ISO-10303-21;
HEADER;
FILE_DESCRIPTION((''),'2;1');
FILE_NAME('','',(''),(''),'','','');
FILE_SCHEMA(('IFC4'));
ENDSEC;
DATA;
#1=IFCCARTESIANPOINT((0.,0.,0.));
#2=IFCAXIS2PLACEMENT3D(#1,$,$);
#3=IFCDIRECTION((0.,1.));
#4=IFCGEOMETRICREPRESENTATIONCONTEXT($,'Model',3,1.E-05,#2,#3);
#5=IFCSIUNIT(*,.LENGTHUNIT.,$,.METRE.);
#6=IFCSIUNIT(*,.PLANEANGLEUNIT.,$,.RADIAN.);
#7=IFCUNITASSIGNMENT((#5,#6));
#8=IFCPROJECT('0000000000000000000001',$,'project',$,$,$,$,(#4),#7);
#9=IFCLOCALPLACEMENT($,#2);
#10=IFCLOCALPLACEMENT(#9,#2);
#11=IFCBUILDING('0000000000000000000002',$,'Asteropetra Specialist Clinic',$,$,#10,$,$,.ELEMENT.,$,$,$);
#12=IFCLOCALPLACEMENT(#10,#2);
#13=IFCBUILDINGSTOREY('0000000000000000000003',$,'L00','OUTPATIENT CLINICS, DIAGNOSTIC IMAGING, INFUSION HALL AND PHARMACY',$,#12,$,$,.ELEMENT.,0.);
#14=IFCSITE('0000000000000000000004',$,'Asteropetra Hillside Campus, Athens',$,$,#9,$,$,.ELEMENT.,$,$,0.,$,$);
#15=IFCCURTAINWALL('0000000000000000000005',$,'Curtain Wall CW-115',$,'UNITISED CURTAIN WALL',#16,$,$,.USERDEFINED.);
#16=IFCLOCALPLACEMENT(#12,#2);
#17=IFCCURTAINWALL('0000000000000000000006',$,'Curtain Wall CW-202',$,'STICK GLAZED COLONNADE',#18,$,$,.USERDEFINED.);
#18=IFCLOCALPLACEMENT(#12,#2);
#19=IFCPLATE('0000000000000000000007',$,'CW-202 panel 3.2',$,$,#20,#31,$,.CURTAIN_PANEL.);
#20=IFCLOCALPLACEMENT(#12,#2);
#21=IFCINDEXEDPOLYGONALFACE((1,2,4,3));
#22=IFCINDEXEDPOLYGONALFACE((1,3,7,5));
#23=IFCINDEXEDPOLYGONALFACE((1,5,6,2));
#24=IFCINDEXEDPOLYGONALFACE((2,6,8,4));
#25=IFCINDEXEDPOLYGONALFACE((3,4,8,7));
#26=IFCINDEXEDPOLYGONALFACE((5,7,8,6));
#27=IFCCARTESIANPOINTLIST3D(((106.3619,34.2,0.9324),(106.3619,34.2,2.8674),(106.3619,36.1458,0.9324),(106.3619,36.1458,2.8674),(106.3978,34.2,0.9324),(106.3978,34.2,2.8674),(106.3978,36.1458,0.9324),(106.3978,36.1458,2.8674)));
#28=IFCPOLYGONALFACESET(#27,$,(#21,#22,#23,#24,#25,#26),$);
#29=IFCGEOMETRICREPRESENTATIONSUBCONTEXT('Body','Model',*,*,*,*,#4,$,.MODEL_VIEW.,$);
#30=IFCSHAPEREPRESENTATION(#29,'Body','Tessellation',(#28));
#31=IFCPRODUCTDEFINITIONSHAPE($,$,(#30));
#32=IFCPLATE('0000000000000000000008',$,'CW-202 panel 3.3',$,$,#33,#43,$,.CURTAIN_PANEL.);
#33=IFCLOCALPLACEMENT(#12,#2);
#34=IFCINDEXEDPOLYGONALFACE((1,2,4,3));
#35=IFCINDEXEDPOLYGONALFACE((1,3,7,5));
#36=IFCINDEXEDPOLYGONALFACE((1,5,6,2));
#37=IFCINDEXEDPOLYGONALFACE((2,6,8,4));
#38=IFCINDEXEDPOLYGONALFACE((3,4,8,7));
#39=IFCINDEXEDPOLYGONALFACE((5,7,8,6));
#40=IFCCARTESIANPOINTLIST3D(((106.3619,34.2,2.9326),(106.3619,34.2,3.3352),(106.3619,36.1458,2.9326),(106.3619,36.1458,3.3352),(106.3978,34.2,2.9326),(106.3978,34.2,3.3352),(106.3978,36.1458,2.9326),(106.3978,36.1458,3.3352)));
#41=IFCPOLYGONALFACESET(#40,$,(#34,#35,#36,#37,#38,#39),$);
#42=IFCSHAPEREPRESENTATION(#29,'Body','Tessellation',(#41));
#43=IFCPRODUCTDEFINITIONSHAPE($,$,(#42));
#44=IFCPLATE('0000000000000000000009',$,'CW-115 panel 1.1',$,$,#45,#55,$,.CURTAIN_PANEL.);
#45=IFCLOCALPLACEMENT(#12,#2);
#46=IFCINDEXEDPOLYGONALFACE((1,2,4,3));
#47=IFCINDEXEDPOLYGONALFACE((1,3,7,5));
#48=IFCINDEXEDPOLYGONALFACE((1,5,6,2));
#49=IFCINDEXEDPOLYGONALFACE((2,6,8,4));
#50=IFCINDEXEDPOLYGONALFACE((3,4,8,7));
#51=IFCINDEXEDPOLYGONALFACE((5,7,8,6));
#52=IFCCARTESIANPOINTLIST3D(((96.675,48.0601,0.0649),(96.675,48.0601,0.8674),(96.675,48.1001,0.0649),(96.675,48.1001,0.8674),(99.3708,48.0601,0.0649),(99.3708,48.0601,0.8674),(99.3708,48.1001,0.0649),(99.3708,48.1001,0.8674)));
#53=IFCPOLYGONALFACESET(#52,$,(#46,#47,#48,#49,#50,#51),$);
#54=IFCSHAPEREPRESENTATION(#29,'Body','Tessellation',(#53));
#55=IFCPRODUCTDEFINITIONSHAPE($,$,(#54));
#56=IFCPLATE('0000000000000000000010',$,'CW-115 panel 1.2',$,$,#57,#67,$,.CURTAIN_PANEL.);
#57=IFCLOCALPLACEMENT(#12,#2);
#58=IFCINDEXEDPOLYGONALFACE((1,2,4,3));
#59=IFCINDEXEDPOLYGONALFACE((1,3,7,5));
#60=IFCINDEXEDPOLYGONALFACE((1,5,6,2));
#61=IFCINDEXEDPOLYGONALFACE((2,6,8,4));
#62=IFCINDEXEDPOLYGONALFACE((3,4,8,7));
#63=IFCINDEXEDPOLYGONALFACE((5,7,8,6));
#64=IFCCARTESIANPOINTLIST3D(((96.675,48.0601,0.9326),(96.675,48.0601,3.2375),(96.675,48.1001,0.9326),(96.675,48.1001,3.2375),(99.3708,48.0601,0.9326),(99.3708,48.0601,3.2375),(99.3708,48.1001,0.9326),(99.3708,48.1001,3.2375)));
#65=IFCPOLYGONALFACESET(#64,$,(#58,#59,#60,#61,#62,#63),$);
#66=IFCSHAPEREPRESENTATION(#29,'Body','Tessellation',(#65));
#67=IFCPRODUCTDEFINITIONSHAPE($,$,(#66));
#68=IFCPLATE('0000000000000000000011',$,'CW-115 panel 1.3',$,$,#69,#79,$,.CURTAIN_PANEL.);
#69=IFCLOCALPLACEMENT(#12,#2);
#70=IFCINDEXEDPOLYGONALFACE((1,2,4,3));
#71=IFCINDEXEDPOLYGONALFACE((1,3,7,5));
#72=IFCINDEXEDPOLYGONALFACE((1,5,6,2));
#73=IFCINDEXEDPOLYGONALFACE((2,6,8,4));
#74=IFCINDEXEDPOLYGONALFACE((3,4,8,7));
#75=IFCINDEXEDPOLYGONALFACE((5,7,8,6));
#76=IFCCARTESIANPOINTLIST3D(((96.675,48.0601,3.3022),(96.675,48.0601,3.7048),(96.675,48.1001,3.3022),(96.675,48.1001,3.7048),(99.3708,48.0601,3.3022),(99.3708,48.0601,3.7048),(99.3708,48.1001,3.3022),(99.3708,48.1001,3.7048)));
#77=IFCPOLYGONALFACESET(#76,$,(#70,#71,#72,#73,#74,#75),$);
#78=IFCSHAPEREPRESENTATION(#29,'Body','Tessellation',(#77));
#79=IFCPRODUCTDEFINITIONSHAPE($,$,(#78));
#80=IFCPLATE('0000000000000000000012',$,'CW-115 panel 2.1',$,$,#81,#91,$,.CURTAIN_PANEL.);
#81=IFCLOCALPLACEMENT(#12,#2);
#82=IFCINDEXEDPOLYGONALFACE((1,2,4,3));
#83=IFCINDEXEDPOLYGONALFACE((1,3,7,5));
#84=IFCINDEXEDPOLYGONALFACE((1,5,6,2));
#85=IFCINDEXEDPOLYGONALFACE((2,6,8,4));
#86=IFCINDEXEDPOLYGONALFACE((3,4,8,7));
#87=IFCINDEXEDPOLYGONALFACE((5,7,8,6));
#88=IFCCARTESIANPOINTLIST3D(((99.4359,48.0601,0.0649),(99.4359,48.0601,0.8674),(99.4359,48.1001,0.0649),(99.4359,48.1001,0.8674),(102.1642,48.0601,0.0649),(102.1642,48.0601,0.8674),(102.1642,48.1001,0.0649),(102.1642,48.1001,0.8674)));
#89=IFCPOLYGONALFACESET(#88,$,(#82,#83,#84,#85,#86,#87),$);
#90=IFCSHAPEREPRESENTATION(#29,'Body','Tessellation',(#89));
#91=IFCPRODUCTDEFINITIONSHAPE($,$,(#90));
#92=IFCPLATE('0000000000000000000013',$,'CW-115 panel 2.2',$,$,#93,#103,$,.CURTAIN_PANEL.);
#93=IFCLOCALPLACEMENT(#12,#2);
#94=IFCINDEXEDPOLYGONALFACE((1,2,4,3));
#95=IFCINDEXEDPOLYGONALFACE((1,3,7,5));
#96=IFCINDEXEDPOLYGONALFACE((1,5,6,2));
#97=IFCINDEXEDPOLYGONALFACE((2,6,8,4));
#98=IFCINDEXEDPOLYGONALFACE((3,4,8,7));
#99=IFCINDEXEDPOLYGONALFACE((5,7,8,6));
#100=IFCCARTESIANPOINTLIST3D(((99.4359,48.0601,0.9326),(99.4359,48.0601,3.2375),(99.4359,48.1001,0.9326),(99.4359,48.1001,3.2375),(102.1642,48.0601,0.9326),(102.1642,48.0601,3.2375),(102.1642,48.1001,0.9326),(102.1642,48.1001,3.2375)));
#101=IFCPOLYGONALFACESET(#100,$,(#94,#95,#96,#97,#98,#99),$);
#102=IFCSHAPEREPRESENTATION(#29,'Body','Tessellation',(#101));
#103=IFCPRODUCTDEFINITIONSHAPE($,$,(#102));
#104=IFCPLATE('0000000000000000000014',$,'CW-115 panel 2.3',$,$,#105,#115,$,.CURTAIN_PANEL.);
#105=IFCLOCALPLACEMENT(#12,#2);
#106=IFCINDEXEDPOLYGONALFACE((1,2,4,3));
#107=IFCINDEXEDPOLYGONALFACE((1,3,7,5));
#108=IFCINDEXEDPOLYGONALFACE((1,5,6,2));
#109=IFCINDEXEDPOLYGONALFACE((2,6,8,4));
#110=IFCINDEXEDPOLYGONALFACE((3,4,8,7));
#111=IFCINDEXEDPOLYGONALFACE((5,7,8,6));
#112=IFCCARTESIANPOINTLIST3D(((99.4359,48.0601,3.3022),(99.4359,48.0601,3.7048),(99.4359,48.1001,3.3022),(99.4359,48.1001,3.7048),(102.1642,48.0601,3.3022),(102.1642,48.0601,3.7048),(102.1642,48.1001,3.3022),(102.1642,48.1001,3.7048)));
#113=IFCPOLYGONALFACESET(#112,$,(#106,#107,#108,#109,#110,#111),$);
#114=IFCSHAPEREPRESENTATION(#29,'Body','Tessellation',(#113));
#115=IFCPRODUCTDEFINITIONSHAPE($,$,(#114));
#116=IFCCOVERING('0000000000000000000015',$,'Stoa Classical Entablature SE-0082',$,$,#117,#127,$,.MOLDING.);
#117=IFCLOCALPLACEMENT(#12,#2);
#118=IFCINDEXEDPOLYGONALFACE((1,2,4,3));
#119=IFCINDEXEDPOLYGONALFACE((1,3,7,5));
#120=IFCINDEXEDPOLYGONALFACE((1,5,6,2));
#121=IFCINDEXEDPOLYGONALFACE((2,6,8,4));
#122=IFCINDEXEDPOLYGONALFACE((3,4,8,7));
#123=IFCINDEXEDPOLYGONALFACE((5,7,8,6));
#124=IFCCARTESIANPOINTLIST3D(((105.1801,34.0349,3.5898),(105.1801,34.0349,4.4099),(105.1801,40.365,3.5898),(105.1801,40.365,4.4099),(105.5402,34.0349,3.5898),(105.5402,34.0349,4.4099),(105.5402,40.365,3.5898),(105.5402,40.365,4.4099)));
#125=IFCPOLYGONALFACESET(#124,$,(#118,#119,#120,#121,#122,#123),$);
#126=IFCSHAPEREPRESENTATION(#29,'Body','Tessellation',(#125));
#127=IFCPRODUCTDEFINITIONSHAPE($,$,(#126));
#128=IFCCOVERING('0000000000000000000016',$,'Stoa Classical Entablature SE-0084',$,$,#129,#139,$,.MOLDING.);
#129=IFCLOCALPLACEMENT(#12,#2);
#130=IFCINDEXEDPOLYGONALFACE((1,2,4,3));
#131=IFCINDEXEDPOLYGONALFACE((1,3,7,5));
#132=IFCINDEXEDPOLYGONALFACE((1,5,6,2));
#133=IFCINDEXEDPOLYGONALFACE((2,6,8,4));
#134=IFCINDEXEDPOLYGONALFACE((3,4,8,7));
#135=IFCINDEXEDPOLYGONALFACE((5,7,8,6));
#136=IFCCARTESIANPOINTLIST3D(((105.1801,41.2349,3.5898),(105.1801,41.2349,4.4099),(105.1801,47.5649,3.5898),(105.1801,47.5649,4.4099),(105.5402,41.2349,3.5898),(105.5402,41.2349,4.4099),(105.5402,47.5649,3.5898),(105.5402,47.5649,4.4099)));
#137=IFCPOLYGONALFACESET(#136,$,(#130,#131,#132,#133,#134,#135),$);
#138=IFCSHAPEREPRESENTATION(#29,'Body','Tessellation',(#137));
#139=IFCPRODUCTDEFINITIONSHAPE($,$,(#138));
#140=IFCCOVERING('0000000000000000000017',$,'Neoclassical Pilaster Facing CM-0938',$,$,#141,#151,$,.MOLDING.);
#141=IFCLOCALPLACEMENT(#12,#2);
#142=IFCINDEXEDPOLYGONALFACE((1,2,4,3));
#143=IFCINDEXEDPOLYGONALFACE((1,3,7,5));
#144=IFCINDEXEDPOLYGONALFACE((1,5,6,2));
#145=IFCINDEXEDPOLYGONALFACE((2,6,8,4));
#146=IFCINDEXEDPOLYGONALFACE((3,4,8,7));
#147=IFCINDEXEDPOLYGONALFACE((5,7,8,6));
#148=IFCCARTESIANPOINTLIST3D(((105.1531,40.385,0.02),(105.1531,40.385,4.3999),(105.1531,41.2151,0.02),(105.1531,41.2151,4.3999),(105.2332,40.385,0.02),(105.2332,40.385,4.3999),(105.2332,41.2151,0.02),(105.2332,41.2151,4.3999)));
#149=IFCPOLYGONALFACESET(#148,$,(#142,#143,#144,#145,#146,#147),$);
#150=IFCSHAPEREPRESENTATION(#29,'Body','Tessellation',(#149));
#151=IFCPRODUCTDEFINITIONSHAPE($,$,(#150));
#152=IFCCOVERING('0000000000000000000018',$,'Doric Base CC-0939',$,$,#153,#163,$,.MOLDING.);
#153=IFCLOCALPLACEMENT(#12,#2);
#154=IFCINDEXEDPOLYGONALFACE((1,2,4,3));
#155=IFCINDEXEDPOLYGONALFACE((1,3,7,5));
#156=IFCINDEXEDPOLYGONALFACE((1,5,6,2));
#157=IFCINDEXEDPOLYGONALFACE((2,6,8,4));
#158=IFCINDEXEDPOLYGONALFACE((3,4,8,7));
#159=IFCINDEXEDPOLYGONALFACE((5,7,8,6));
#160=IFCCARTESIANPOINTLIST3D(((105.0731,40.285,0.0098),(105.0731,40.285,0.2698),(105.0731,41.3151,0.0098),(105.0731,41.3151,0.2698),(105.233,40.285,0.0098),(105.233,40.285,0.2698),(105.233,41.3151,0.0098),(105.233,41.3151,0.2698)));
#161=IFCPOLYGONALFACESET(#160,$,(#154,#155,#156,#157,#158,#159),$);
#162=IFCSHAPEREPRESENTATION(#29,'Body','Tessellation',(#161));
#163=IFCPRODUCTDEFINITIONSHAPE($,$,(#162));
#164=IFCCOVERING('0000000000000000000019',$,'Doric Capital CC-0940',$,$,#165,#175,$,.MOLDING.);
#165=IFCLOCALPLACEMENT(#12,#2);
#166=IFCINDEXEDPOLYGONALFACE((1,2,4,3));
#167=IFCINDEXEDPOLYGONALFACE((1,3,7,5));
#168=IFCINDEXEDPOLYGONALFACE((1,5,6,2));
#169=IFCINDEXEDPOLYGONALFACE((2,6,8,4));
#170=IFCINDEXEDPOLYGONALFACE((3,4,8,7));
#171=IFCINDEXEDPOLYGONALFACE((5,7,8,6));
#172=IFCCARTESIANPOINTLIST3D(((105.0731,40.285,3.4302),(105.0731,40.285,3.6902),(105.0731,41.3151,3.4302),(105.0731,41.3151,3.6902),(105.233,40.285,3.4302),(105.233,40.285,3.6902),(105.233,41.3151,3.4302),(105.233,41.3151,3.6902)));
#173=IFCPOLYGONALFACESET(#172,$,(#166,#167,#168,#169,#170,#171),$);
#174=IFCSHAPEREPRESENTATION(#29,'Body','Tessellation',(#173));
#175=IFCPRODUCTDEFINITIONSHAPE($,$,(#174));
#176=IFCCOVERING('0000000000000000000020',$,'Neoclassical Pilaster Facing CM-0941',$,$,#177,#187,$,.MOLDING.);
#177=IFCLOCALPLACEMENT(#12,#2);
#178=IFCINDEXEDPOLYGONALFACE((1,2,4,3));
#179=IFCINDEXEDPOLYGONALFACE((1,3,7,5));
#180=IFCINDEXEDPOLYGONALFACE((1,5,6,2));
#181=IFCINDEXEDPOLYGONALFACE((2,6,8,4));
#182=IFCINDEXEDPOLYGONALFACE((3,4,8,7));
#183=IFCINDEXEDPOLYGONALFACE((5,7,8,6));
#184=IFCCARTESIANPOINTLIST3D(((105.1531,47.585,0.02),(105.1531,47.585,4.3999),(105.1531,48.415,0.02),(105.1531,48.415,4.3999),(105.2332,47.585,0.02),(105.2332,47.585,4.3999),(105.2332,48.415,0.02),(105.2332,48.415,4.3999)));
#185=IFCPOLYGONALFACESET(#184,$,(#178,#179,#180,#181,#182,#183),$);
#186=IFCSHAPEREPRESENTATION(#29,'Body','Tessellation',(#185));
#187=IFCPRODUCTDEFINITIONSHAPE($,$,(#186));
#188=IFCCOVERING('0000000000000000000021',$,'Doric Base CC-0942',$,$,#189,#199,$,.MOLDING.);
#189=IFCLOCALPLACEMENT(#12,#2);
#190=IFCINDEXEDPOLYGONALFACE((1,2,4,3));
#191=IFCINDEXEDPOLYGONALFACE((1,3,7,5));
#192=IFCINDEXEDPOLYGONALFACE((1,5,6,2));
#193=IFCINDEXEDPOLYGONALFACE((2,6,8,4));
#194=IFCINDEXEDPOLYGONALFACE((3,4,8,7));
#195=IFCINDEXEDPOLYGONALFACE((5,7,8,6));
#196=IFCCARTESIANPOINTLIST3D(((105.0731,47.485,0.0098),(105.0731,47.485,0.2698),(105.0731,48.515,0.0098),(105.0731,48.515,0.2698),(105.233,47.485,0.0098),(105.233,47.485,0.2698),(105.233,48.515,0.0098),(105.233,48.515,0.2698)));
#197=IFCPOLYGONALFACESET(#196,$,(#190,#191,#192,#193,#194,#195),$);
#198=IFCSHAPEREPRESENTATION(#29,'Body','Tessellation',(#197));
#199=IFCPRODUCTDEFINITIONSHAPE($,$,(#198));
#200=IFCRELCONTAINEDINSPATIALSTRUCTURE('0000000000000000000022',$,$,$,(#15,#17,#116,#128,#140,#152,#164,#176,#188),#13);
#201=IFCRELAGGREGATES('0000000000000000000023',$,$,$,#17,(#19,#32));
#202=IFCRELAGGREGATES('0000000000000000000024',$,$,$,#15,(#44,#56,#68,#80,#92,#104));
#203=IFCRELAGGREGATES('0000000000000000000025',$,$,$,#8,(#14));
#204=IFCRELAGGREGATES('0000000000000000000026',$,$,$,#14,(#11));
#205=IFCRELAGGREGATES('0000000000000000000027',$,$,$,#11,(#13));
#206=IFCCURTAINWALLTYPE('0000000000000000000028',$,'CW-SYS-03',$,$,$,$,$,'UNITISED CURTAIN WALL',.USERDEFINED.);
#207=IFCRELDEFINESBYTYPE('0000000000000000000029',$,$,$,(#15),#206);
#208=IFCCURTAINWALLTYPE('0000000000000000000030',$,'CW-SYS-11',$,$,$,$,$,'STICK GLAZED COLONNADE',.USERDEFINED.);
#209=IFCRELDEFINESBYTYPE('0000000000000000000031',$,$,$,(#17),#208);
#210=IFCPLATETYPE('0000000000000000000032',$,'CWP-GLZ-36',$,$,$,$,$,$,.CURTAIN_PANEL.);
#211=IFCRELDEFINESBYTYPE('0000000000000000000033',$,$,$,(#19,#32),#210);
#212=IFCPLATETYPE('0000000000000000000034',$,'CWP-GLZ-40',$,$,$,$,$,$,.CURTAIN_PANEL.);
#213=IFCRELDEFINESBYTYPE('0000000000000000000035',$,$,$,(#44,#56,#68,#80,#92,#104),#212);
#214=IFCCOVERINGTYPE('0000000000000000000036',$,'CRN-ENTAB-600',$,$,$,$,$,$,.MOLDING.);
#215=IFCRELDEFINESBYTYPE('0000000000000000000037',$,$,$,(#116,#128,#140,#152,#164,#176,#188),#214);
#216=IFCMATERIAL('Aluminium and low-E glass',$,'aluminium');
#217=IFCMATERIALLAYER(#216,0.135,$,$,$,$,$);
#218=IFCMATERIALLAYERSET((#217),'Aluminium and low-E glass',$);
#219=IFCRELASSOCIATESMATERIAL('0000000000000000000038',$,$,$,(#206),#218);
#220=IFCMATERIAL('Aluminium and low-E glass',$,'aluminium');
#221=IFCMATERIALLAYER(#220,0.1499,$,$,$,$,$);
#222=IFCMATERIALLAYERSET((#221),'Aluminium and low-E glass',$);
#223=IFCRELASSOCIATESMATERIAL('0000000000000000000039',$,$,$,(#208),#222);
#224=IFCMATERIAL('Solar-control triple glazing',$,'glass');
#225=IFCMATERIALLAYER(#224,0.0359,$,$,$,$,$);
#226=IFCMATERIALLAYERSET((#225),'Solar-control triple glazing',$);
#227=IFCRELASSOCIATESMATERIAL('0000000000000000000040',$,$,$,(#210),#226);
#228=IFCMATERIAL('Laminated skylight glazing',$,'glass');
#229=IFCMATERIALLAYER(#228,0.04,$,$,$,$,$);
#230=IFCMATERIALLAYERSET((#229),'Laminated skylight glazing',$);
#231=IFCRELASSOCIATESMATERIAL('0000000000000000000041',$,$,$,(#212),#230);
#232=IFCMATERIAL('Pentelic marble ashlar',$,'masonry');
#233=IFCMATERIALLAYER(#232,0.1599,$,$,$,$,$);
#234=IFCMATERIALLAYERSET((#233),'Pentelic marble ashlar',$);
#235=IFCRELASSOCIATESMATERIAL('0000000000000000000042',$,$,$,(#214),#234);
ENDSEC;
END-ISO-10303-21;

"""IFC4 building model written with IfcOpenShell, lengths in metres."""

from ifc_helpers import new_model, si_unit, direction, frame, origin, origin_2d, place, context, subcontext, project, spatial, rectangle, extrude, material, layer, layer_set, type_object, element, aggregate, save


model = new_model("IFC4")

# Units and contexts
model_context = context("Model", 3, precision=1e-05, world=origin(), true_north=direction((0.0, 1.0)))
body_context = subcontext(model_context, "Body", "Model", "MODEL_VIEW")
ifc_project = project(units=[si_unit("LENGTHUNIT", "METRE"), si_unit("PLANEANGLEUNIT", "RADIAN")], contexts=[model_context])

# Site, building, storey
site_placement = place(None, origin())
site = spatial("IfcSite", under=ifc_project, at=site_placement, Name="Asteropetra Hillside Campus, Athens", CompositionType="ELEMENT", RefElevation=0.0)
building_placement = place(site_placement, origin())
building = spatial("IfcBuilding", under=site, at=building_placement, Name="Asteropetra Specialist Clinic", CompositionType="ELEMENT")
storey_placement = place(building_placement, origin())
storey = spatial("IfcBuildingStorey", under=building, at=storey_placement, Name="L00", Description="OUTPATIENT CLINICS, DIAGNOSTIC IMAGING, INFUSION HALL AND PHARMACY", CompositionType="ELEMENT", Elevation=0.0)

# Curtain walls
ifc_material_1 = material(Name="Aluminium and low-E glass", Category="aluminium")
ifc_layer_1 = layer(ifc_material_1, 0.135)
ifc_layer_set_1 = layer_set([ifc_layer_1], Name="Aluminium and low-E glass")
curtain_wall_type_1 = type_object("IfcCurtainWallType", Name="CW-SYS-03", ElementType="UNITISED CURTAIN WALL", PredefinedType="USERDEFINED", material=ifc_layer_set_1)
curtain_wall_1_placement = place(storey_placement, origin())
curtain_wall_1 = element("IfcCurtainWall", 1, at=curtain_wall_1_placement, inside=storey, type_object=curtain_wall_type_1, Name="Curtain Wall CW-115", ObjectType="UNITISED CURTAIN WALL", PredefinedType="USERDEFINED")
ifc_material_2 = material(Name="Aluminium and low-E glass", Category="aluminium")
ifc_layer_2 = layer(ifc_material_2, 0.1499)
ifc_layer_set_2 = layer_set([ifc_layer_2], Name="Aluminium and low-E glass")
curtain_wall_type_2 = type_object("IfcCurtainWallType", Name="CW-SYS-11", ElementType="STICK GLAZED COLONNADE", PredefinedType="USERDEFINED", material=ifc_layer_set_2)
curtain_wall_2_placement = place(storey_placement, origin())
curtain_wall_2 = element("IfcCurtainWall", 2, at=curtain_wall_2_placement, inside=storey, type_object=curtain_wall_type_2, Name="Curtain Wall CW-202", ObjectType="STICK GLAZED COLONNADE", PredefinedType="USERDEFINED")

# Plates
ifc_material_3 = material(Name="Solar-control triple glazing", Category="glass")
ifc_layer_3 = layer(ifc_material_3, 0.0359)
ifc_layer_set_3 = layer_set([ifc_layer_3], Name="Solar-control triple glazing")
plate_type_1 = type_object("IfcPlateType", Name="CWP-GLZ-36", PredefinedType="CURTAIN_PANEL", material=ifc_layer_set_3)
plate_1_placement = place(storey_placement, frame((106.3799, 35.1729, 0.9324), z_axis=(0.0, 0.0, 1.0), x_axis=(0.0, -1.0, 0.0)))
plate_1 = element("IfcPlate", 3, at=plate_1_placement, type_object=plate_type_1, Name="CW-202 panel 3.2", PredefinedType="CURTAIN_PANEL", context=body_context, shape_type="SweptSolid", body=[
    extrude(rectangle(XDim=1.9458, YDim=0.0359, at=origin_2d()), origin(), (0.0, 0.0, 1.0), 1.9351),
])
plate_2_placement = place(storey_placement, frame((106.3799, 35.1729, 2.9326), z_axis=(0.0, 0.0, 1.0), x_axis=(0.0, -1.0, 0.0)))
plate_2 = element("IfcPlate", 4, at=plate_2_placement, type_object=plate_type_1, Name="CW-202 panel 3.3", PredefinedType="CURTAIN_PANEL", context=body_context, shape_type="SweptSolid", body=[
    extrude(rectangle(XDim=1.9458, YDim=0.0359, at=origin_2d()), origin(), (0.0, 0.0, 1.0), 0.4026),
])
aggregate(curtain_wall_2, [plate_1, plate_2])
ifc_material_4 = material(Name="Laminated skylight glazing", Category="glass")
ifc_layer_4 = layer(ifc_material_4, 0.04)
ifc_layer_set_4 = layer_set([ifc_layer_4], Name="Laminated skylight glazing")
plate_type_2 = type_object("IfcPlateType", Name="CWP-GLZ-40", PredefinedType="CURTAIN_PANEL", material=ifc_layer_set_4)
plate_3_placement = place(storey_placement, frame((98.0229, 48.0801, 0.0649), z_axis=(0.0, 0.0, 1.0), x_axis=(1.0, 0.0, 0.0)))
plate_3 = element("IfcPlate", 5, at=plate_3_placement, type_object=plate_type_2, Name="CW-115 panel 1.1", PredefinedType="CURTAIN_PANEL", context=body_context, shape_type="SweptSolid", body=[
    extrude(rectangle(XDim=2.6958, YDim=0.04, at=origin_2d()), origin(), (0.0, 0.0, 1.0), 0.8025),
])
plate_4_placement = place(storey_placement, frame((98.0229, 48.0801, 0.9326), z_axis=(0.0, 0.0, 1.0), x_axis=(1.0, 0.0, 0.0)))
plate_4 = element("IfcPlate", 6, at=plate_4_placement, type_object=plate_type_2, Name="CW-115 panel 1.2", PredefinedType="CURTAIN_PANEL", context=body_context, shape_type="SweptSolid", body=[
    extrude(rectangle(XDim=2.6958, YDim=0.04, at=origin_2d()), origin(), (0.0, 0.0, 1.0), 2.3049),
])
plate_5_placement = place(storey_placement, frame((98.0229, 48.0801, 3.3022), z_axis=(0.0, 0.0, 1.0), x_axis=(1.0, 0.0, 0.0)))
plate_5 = element("IfcPlate", 7, at=plate_5_placement, type_object=plate_type_2, Name="CW-115 panel 1.3", PredefinedType="CURTAIN_PANEL", context=body_context, shape_type="SweptSolid", body=[
    extrude(rectangle(XDim=2.6958, YDim=0.04, at=origin_2d()), origin(), (0.0, 0.0, 1.0), 0.4026),
])
plate_6_placement = place(storey_placement, frame((100.8, 48.0801, 0.0649), z_axis=(0.0, 0.0, 1.0), x_axis=(1.0, 0.0, 0.0)))
plate_6 = element("IfcPlate", 8, at=plate_6_placement, type_object=plate_type_2, Name="CW-115 panel 2.1", PredefinedType="CURTAIN_PANEL", context=body_context, shape_type="SweptSolid", body=[
    extrude(rectangle(XDim=2.7283, YDim=0.04, at=origin_2d()), origin(), (0.0, 0.0, 1.0), 0.8025),
])
plate_7_placement = place(storey_placement, frame((100.8, 48.0801, 0.9326), z_axis=(0.0, 0.0, 1.0), x_axis=(1.0, 0.0, 0.0)))
plate_7 = element("IfcPlate", 9, at=plate_7_placement, type_object=plate_type_2, Name="CW-115 panel 2.2", PredefinedType="CURTAIN_PANEL", context=body_context, shape_type="SweptSolid", body=[
    extrude(rectangle(XDim=2.7283, YDim=0.04, at=origin_2d()), origin(), (0.0, 0.0, 1.0), 2.3049),
])
plate_8_placement = place(storey_placement, frame((100.8, 48.0801, 3.3022), z_axis=(0.0, 0.0, 1.0), x_axis=(1.0, 0.0, 0.0)))
plate_8 = element("IfcPlate", 10, at=plate_8_placement, type_object=plate_type_2, Name="CW-115 panel 2.3", PredefinedType="CURTAIN_PANEL", context=body_context, shape_type="SweptSolid", body=[
    extrude(rectangle(XDim=2.7283, YDim=0.04, at=origin_2d()), origin(), (0.0, 0.0, 1.0), 0.4026),
])
aggregate(curtain_wall_1, [plate_3, plate_4, plate_5, plate_6, plate_7, plate_8])

# Coverings
ifc_material_5 = material(Name="Pentelic marble ashlar", Category="masonry")
ifc_layer_5 = layer(ifc_material_5, 0.1599)
ifc_layer_set_5 = layer_set([ifc_layer_5], Name="Pentelic marble ashlar")
covering_type = type_object("IfcCoveringType", Name="CRN-ENTAB-600", PredefinedType="MOLDING", material=ifc_layer_set_5)
for number, where, z_axis, x_axis, name in (
    (11, (105.3601, 37.2, 3.5898), (0.0, 0.0, 1.0), (1.0, 0.0, 0.0), "Stoa Classical Entablature SE-0082"),
    (12, (105.3601, 44.3999, 3.5898), (0.0, 0.0, 1.0), (1.0, 0.0, 0.0), "Stoa Classical Entablature SE-0084"),
):
    element("IfcCovering", number, at=place(storey_placement, frame(where, z_axis=z_axis, x_axis=x_axis)), inside=storey, type_object=covering_type, Name=name, PredefinedType="MOLDING", context=body_context, shape_type="SweptSolid", body=[
        extrude(rectangle(XDim=0.3601, YDim=6.3301, at=origin_2d()), origin(), (0.0, 0.0, 1.0), 0.8201),
    ])
covering_1_placement = place(storey_placement, frame((105.1931, 40.8, 0.02), z_axis=(0.0, 0.0, 1.0), x_axis=(1.0, 0.0, 0.0)))
element("IfcCovering", 13, at=covering_1_placement, inside=storey, type_object=covering_type, Name="Neoclassical Pilaster Facing CM-0938", PredefinedType="MOLDING", context=body_context, shape_type="SweptSolid", body=[
    extrude(rectangle(XDim=0.0801, YDim=0.8301, at=origin_2d()), origin(), (0.0, 0.0, 1.0), 4.3799),
])
for number, where, z_axis, x_axis, name in (
    (14, (105.1531, 40.8, 0.0098), (0.0, 0.0, 1.0), (1.0, 0.0, 0.0), "Doric Base CC-0939"),
    (15, (105.1531, 40.8, 3.4302), (0.0, 0.0, 1.0), (1.0, 0.0, 0.0), "Doric Capital CC-0940"),
):
    element("IfcCovering", number, at=place(storey_placement, frame(where, z_axis=z_axis, x_axis=x_axis)), inside=storey, type_object=covering_type, Name=name, PredefinedType="MOLDING", context=body_context, shape_type="SweptSolid", body=[
        extrude(rectangle(XDim=0.1599, YDim=1.03, at=origin_2d()), origin(), (0.0, 0.0, 1.0), 0.26),
    ])
covering_2_placement = place(storey_placement, frame((105.1931, 48.0, 0.02), z_axis=(0.0, 0.0, 1.0), x_axis=(1.0, 0.0, 0.0)))
element("IfcCovering", 16, at=covering_2_placement, inside=storey, type_object=covering_type, Name="Neoclassical Pilaster Facing CM-0941", PredefinedType="MOLDING", context=body_context, shape_type="SweptSolid", body=[
    extrude(rectangle(XDim=0.0801, YDim=0.8301, at=origin_2d()), origin(), (0.0, 0.0, 1.0), 4.3799),
])
for number, where, z_axis, x_axis, name in (
    (17, (105.1531, 48.0, 0.0098), (0.0, 0.0, 1.0), (1.0, 0.0, 0.0), "Doric Base CC-0942"),
):
    element("IfcCovering", number, at=place(storey_placement, frame(where, z_axis=z_axis, x_axis=x_axis)), inside=storey, type_object=covering_type, Name=name, PredefinedType="MOLDING", context=body_context, shape_type="SweptSolid", body=[
        extrude(rectangle(XDim=0.1599, YDim=1.03, at=origin_2d()), origin(), (0.0, 0.0, 1.0), 0.26),
    ])

save(model, "model.ifc")
